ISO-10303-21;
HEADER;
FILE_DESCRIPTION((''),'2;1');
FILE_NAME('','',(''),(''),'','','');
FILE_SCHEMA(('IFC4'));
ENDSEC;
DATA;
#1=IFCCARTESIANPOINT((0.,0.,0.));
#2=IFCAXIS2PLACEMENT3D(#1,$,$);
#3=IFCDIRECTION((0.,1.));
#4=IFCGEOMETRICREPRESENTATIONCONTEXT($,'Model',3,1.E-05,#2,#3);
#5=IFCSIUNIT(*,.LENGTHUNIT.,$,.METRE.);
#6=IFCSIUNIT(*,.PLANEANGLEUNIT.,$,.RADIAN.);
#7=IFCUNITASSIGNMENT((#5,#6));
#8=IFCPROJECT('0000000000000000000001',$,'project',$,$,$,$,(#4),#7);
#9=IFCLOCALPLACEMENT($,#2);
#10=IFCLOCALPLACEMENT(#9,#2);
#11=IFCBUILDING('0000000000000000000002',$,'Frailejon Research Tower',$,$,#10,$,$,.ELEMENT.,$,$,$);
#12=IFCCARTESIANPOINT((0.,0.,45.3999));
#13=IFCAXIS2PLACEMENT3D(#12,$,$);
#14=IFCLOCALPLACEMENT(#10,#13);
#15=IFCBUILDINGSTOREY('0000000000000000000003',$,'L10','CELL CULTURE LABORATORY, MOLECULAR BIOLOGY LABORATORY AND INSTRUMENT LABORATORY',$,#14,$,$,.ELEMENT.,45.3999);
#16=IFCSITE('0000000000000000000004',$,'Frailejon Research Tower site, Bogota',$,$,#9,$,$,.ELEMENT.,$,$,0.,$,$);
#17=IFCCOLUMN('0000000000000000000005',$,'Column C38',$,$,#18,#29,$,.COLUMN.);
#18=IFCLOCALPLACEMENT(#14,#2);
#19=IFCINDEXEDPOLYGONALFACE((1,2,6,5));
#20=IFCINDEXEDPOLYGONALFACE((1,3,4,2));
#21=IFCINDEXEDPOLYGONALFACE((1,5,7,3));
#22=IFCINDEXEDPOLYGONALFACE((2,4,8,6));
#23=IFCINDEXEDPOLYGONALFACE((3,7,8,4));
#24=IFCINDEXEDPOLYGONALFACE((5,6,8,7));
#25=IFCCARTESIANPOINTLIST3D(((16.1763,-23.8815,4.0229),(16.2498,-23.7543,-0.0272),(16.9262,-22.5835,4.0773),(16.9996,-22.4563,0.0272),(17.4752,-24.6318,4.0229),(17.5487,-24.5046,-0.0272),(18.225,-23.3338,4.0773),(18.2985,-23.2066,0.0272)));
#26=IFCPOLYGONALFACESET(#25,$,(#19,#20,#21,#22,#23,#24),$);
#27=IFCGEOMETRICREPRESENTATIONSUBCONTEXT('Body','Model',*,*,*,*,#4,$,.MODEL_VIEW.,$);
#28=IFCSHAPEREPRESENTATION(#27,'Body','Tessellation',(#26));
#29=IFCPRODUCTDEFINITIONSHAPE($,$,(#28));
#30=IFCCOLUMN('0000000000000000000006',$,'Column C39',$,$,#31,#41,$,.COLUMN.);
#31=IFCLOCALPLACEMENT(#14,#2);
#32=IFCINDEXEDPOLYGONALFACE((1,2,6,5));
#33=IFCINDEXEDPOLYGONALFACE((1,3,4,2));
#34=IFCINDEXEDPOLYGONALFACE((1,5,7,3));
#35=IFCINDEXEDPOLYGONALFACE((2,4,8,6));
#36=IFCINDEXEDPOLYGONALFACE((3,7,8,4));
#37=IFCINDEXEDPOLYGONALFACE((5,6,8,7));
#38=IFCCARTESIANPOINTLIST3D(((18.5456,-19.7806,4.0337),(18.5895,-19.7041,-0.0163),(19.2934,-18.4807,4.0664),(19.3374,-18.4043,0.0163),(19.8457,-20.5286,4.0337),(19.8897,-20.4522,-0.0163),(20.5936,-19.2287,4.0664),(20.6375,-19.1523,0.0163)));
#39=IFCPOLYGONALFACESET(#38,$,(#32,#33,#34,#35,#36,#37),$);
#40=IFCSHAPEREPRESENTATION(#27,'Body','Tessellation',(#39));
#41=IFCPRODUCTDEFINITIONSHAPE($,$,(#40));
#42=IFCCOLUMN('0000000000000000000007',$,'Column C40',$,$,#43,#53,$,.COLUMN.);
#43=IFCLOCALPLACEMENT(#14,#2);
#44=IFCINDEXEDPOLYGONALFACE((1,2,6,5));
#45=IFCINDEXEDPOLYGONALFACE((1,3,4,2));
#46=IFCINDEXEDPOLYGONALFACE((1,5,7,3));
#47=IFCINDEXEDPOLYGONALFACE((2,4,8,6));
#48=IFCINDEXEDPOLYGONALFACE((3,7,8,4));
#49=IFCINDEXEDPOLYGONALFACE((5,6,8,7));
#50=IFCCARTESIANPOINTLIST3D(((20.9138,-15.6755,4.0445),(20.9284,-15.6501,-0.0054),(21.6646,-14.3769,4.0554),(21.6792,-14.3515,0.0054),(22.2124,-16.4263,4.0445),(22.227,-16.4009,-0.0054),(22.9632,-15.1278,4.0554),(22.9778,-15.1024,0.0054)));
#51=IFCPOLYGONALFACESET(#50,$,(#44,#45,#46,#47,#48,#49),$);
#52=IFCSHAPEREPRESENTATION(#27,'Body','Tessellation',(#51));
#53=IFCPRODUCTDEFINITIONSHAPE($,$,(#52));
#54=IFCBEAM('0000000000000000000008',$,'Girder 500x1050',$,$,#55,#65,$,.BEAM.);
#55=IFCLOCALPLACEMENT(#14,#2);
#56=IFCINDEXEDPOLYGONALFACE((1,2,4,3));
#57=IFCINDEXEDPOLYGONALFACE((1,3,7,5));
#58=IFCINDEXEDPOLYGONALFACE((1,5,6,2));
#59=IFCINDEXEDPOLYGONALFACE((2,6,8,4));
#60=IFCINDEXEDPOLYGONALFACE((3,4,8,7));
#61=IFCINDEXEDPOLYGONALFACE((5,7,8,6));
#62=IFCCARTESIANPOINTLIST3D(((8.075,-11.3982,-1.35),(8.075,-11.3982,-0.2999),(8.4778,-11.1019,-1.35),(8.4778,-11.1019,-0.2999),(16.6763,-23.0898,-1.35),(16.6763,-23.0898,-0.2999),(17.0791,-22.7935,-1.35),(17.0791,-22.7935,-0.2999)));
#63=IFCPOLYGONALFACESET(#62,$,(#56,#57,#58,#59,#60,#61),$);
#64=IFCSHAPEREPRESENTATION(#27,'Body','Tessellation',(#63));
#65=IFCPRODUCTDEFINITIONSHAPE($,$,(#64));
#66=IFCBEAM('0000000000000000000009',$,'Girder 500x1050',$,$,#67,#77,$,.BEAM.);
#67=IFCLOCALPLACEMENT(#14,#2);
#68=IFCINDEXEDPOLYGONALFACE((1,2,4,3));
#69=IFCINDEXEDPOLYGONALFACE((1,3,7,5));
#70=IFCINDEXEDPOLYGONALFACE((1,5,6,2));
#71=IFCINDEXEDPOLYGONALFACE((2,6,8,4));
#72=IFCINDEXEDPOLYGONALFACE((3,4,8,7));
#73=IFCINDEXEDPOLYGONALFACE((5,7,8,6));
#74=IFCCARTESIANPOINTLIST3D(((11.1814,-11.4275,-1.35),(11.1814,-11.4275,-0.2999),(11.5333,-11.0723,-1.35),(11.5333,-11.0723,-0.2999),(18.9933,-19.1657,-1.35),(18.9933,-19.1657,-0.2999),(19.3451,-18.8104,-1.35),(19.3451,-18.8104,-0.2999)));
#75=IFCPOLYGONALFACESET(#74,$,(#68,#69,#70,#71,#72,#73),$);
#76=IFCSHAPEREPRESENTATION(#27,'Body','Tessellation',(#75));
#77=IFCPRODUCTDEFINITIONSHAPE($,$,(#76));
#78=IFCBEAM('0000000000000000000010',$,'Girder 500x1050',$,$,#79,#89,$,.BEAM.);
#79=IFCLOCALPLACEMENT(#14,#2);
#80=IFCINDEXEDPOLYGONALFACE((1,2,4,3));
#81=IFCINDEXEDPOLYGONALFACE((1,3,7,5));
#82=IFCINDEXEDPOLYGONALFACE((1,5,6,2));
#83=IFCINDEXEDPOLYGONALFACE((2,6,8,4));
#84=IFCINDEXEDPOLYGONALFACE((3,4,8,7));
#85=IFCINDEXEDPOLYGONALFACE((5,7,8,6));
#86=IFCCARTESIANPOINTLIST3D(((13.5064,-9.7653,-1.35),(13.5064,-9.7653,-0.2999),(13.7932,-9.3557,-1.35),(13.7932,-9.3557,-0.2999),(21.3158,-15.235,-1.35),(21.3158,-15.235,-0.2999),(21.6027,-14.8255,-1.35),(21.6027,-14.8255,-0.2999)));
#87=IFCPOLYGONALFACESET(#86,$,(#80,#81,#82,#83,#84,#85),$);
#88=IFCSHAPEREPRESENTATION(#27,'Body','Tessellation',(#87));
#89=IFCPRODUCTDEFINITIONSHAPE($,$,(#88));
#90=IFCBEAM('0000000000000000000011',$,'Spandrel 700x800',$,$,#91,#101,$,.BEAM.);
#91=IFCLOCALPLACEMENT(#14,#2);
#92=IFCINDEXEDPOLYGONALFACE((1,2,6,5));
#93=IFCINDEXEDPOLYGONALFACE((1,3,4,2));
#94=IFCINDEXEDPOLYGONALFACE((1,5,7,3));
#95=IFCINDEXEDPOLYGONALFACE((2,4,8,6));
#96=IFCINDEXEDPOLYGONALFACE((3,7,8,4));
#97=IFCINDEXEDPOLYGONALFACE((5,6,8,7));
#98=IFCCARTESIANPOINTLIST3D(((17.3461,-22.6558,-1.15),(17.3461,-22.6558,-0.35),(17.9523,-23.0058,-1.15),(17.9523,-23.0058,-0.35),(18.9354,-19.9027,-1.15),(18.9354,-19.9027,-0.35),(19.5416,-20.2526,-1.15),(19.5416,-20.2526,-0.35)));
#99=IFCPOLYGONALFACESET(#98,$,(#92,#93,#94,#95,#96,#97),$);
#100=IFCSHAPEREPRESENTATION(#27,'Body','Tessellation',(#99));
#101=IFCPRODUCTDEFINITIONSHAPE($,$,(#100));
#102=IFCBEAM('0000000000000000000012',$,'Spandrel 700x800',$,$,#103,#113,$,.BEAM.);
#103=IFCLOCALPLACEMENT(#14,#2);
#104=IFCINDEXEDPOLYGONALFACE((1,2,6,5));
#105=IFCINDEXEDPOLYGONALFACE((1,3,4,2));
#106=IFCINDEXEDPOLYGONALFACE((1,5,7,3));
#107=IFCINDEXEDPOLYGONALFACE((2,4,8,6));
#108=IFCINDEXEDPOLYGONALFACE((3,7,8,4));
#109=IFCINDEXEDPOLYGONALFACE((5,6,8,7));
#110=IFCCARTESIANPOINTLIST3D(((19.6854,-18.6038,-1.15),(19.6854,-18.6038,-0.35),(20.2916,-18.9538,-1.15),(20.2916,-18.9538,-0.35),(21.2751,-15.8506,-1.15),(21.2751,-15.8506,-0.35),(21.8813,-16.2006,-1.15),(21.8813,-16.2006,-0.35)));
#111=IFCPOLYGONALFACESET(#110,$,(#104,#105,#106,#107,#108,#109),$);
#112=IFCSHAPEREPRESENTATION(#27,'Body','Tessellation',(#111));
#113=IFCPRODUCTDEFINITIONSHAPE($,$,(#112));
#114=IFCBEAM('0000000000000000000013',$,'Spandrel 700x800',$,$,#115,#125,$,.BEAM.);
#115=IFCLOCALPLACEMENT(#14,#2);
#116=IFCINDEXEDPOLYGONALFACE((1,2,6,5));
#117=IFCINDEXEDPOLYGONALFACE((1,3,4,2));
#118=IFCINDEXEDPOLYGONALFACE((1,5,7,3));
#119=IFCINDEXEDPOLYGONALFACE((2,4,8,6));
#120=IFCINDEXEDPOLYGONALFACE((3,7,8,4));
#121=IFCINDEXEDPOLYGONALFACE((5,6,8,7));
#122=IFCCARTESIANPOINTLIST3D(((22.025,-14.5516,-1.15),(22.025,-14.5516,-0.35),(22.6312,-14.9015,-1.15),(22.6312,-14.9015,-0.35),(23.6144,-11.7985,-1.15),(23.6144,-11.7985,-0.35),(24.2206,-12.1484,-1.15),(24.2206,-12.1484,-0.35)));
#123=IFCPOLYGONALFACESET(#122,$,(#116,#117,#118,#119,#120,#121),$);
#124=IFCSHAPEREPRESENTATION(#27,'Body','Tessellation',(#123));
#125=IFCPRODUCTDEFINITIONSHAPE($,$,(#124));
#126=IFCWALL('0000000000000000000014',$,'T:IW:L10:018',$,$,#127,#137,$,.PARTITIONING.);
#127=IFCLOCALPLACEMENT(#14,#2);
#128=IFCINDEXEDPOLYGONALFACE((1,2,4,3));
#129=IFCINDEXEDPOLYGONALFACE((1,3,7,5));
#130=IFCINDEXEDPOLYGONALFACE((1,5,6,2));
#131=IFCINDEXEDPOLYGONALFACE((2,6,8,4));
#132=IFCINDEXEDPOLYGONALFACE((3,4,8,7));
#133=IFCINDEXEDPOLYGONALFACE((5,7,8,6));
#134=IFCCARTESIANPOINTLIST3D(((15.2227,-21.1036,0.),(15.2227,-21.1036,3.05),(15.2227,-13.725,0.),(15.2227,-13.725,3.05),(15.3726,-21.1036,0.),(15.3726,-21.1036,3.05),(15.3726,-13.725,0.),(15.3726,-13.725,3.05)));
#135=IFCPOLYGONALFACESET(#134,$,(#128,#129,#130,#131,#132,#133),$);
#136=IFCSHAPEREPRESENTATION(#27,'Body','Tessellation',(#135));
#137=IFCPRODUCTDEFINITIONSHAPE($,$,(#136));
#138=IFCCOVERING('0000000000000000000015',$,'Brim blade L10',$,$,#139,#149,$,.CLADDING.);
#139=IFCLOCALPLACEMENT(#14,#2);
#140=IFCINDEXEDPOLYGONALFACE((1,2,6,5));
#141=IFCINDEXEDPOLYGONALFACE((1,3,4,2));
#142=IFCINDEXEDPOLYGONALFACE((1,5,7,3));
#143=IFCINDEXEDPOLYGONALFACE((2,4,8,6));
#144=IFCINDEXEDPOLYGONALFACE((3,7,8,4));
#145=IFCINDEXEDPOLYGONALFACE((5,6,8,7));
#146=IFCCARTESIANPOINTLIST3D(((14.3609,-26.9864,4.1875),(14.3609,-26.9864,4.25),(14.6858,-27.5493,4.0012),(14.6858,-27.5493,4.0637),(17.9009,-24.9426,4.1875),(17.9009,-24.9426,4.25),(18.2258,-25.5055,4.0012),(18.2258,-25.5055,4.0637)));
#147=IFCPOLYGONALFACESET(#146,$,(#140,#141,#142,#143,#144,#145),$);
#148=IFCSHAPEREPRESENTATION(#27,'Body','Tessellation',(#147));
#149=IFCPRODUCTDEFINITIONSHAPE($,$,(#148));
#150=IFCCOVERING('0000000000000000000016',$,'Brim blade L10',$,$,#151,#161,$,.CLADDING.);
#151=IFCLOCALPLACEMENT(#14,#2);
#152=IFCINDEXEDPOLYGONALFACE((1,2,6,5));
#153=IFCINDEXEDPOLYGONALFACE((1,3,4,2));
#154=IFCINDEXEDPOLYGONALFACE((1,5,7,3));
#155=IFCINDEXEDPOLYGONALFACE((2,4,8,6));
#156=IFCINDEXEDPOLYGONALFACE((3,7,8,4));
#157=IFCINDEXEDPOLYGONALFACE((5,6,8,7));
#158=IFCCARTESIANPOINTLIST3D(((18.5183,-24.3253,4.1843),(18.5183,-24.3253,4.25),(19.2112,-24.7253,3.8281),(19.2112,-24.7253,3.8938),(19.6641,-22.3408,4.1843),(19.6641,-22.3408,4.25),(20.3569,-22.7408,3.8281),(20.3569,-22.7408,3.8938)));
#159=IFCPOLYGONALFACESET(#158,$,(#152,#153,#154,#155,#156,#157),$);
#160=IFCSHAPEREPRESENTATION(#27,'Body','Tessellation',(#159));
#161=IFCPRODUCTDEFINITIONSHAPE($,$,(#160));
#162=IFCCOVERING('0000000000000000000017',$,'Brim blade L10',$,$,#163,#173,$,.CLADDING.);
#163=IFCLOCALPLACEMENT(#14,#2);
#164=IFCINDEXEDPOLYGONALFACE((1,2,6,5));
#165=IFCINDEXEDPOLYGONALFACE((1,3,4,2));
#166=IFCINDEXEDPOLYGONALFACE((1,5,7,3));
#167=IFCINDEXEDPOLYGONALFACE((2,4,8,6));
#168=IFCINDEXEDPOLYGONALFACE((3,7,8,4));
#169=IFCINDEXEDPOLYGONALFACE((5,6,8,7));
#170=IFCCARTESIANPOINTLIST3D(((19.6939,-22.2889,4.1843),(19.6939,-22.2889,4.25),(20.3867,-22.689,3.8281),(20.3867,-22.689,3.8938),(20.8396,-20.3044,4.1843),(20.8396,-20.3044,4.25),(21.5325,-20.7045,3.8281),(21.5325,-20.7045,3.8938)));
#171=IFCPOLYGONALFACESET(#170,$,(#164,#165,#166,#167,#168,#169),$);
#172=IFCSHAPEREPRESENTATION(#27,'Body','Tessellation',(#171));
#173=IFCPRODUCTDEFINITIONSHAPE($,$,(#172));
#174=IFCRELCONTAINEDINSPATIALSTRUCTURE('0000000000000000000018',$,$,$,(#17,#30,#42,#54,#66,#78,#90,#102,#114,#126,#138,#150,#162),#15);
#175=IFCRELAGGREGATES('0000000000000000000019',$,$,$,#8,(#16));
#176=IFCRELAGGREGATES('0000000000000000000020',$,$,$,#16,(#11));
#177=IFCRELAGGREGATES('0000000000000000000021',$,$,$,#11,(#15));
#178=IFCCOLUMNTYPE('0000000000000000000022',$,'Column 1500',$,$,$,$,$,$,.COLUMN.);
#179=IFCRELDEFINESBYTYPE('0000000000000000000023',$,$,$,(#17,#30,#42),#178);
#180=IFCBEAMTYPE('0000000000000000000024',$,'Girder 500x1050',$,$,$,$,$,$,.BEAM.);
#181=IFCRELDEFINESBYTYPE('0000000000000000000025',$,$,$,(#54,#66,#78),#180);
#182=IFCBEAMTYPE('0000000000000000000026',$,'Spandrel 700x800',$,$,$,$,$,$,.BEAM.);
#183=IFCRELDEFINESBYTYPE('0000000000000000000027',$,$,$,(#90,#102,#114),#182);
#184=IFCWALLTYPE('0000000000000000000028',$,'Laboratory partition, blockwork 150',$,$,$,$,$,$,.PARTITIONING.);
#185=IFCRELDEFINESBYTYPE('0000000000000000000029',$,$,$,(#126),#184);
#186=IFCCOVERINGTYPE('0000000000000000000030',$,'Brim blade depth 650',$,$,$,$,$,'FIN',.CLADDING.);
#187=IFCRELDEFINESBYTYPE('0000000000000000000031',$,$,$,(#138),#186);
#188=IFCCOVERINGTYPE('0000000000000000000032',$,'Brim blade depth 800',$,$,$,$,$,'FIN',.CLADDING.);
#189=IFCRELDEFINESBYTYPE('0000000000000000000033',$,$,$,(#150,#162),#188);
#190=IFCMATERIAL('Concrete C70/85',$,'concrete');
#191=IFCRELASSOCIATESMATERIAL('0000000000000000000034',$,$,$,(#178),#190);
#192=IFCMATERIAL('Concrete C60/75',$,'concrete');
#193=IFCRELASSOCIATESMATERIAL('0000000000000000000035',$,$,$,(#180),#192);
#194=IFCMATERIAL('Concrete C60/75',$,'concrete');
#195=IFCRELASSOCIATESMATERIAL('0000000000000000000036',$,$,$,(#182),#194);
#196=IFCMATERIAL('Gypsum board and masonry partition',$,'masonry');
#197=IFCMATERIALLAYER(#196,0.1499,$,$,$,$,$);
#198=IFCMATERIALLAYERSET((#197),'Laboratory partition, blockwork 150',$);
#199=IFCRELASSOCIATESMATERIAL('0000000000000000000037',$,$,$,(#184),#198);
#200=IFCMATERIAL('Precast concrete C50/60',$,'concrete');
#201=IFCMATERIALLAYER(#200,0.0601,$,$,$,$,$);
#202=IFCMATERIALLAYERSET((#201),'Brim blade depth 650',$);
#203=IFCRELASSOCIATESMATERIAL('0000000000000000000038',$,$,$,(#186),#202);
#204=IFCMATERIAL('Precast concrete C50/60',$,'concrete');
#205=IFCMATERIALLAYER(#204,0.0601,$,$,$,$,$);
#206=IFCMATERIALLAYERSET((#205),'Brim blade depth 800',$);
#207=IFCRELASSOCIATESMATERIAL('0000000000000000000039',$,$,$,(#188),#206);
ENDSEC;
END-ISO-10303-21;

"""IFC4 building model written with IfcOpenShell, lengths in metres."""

from ifc_helpers import new_model, si_unit, direction, frame, frame_2d, origin, origin_2d, place, context, subcontext, project, spatial, polyline, rectangle, outline, extrude, material, layer, layer_set, material_profile, profile_set, type_object, element, save


model = new_model("IFC4")

# Units and contexts
model_context = context("Model", 3, precision=1e-05, world=origin(), true_north=direction((0.0, 1.0)))
body_context = subcontext(model_context, "Body", "Model", "MODEL_VIEW")
ifc_project = project(units=[si_unit("LENGTHUNIT", "METRE"), si_unit("PLANEANGLEUNIT", "RADIAN")], contexts=[model_context])

# Site, building, storey
site_placement = place(None, origin())
site = spatial("IfcSite", under=ifc_project, at=site_placement, Name="Frailejon Research Tower site, Bogota", CompositionType="ELEMENT", RefElevation=0.0)
building_placement = place(site_placement, origin())
building = spatial("IfcBuilding", under=site, at=building_placement, Name="Frailejon Research Tower", CompositionType="ELEMENT")
storey_placement = place(building_placement, frame((0.0, 0.0, 45.3999)))
storey = spatial("IfcBuildingStorey", under=building, at=storey_placement, Name="L10", Description="CELL CULTURE LABORATORY, MOLECULAR BIOLOGY LABORATORY AND INSTRUMENT LABORATORY", CompositionType="ELEMENT", Elevation=45.3999)

# Columns
ifc_material_1 = material(Name="Concrete C70/85", Category="concrete")
ifc_material_profile_1 = material_profile(ifc_material_1, rectangle(XDim=1.5, YDim=1.5, at=origin_2d()), Name="Column 1500")
ifc_profile_set_1 = profile_set([ifc_material_profile_1], Name="Concrete C70/85")
column_type = type_object("IfcColumnType", Name="Column 1500", PredefinedType="COLUMN", material=ifc_profile_set_1)
column_1_placement = place(storey_placement, frame((17.2742, -23.4805, 0.0), z_axis=(-0.018133, -0.031386, 0.999343), x_axis=(0.499873, 0.86534, 0.036247)))
element("IfcColumn", 1, at=column_1_placement, inside=storey, type_object=column_type, Name="Column C38", PredefinedType="COLUMN", context=body_context, shape_type="SweptSolid", body=[
    extrude(rectangle(XDim=1.5, YDim=1.5, at=origin_2d()), origin(), (0.0, 0.0, 1.0), 4.0527),
])
column_2_placement = place(storey_placement, frame((19.6135, -19.4282, 0.0), z_axis=(-0.010848, -0.018863, 0.999763), x_axis=(0.498562, 0.866581, 0.02176)))
element("IfcColumn", 2, at=column_2_placement, inside=storey, type_object=column_type, Name="Column C39", PredefinedType="COLUMN", context=body_context, shape_type="SweptSolid", body=[
    extrude(rectangle(XDim=1.5, YDim=1.5, at=origin_2d()), origin(), (0.0, 0.0, 1.0), 4.051),
])
column_3_placement = place(storey_placement, frame((21.9531, -15.3762, 0.0), z_axis=(-0.003617, -0.006269, 0.999974), x_axis=(0.50053, 0.865689, 0.007238)))
element("IfcColumn", 3, at=column_3_placement, inside=storey, type_object=column_type, Name="Column C40", PredefinedType="COLUMN", context=body_context, shape_type="SweptSolid", body=[
    extrude(rectangle(XDim=1.5, YDim=1.5, at=origin_2d()), origin(), (0.0, 0.0, 1.0), 4.05),
])

# Beams
ifc_material_2 = material(Name="Concrete C60/75", Category="concrete")
ifc_material_profile_2 = material_profile(ifc_material_2, rectangle(XDim=0.5, YDim=1.05, at=origin_2d()), Name="Girder 500x1050")
ifc_profile_set_2 = profile_set([ifc_material_profile_2], Name="Concrete C60/75")
beam_type_1 = type_object("IfcBeamType", Name="Girder 500x1050", PredefinedType="BEAM", material=ifc_profile_set_2)
beam_1_placement = place(storey_placement, frame((16.8777, -22.9417, -0.825), z_axis=(-0.592592, 0.805502, 0.0), x_axis=(-0.805502, -0.592592, 0.0)))
element("IfcBeam", 4, at=beam_1_placement, inside=storey, type_object=beam_type_1, Name="Girder 500x1050", PredefinedType="BEAM", context=body_context, shape_type="SweptSolid", body=[
    extrude(rectangle(XDim=0.5, YDim=1.05, at=origin_2d()), origin(), (0.0, 0.0, 1.0), 14.5146),
])
beam_2_placement = place(storey_placement, frame((19.1692, -18.988, -0.825), z_axis=(-0.710452, 0.703746, 0.0), x_axis=(-0.703746, -0.710452, 0.0)))
element("IfcBeam", 5, at=beam_2_placement, inside=storey, type_object=beam_type_1, Name="Girder 500x1050", PredefinedType="BEAM", context=body_context, shape_type="SweptSolid", body=[
    extrude(rectangle(XDim=0.5, YDim=1.05, at=origin_2d()), origin(), (0.0, 0.0, 1.0), 10.9956),
])
beam_3_placement = place(storey_placement, frame((21.4592, -15.0303, -0.825), z_axis=(-0.819074, 0.573687, 0.0), x_axis=(-0.573687, -0.819074, 0.0)))
element("IfcBeam", 6, at=beam_3_placement, inside=storey, type_object=beam_type_1, Name="Girder 500x1050", PredefinedType="BEAM", context=body_context, shape_type="SweptSolid", body=[
    extrude(rectangle(XDim=0.5, YDim=1.05, at=origin_2d()), origin(), (0.0, 0.0, 1.0), 9.5344),
])
ifc_material_3 = material(Name="Concrete C60/75", Category="concrete")
ifc_material_profile_3 = material_profile(ifc_material_3, rectangle(XDim=0.7, YDim=0.8, at=origin_2d()), Name="Spandrel 700x800")
ifc_profile_set_3 = profile_set([ifc_material_profile_3], Name="Concrete C60/75")
beam_type_2 = type_object("IfcBeamType", Name="Spandrel 700x800", PredefinedType="BEAM", material=ifc_profile_set_3)
beam_4_placement = place(storey_placement, frame((17.6492, -22.8308, -0.75), z_axis=(0.499955, 0.866051, 0.0), x_axis=(-0.866051, 0.499955, 0.0)))
element("IfcBeam", 7, at=beam_4_placement, inside=storey, type_object=beam_type_2, Name="Spandrel 700x800", PredefinedType="BEAM", context=body_context, shape_type="SweptSolid", body=[
    extrude(rectangle(XDim=0.7, YDim=0.8, at=origin_2d()), origin(), (0.0, 0.0, 1.0), 3.179),
])
beam_5_placement = place(storey_placement, frame((19.9885, -18.7788, -0.75), z_axis=(0.500013, 0.866018, 0.0), x_axis=(-0.866018, 0.500013, 0.0)))
element("IfcBeam", 8, at=beam_5_placement, inside=storey, type_object=beam_type_2, Name="Spandrel 700x800", PredefinedType="BEAM", context=body_context, shape_type="SweptSolid", body=[
    extrude(rectangle(XDim=0.7, YDim=0.8, at=origin_2d()), origin(), (0.0, 0.0, 1.0), 3.1792),
])
beam_6_placement = place(storey_placement, frame((22.3281, -14.7266, -0.75), z_axis=(0.499955, 0.866051, 0.0), x_axis=(-0.866051, 0.499955, 0.0)))
element("IfcBeam", 9, at=beam_6_placement, inside=storey, type_object=beam_type_2, Name="Spandrel 700x800", PredefinedType="BEAM", context=body_context, shape_type="SweptSolid", body=[
    extrude(rectangle(XDim=0.7, YDim=0.8, at=origin_2d()), origin(), (0.0, 0.0, 1.0), 3.179),
])

# Wall
ifc_material_4 = material(Name="Gypsum board and masonry partition", Category="masonry")
ifc_layer_1 = layer(ifc_material_4, 0.1499)
ifc_layer_set_1 = layer_set([ifc_layer_1], Name="Laboratory partition, blockwork 150")
wall_type_1 = type_object("IfcWallType", Name="Laboratory partition, blockwork 150", PredefinedType="PARTITIONING", material=ifc_layer_set_1)
wall_1_placement = place(storey_placement, frame((15.2976, -21.1038, 0.0), z_axis=(0.0, 0.0, 1.0), x_axis=(0.0, 1.0, 0.0)))
element("IfcWall", 10, at=wall_1_placement, inside=storey, type_object=wall_type_1, Name="T:IW:L10:018", PredefinedType="PARTITIONING", context=body_context, shape_type="SweptSolid", body=[
    extrude(rectangle(XDim=7.3787, YDim=0.1499, at=frame_2d((3.6895, 0.0))), origin(), (0.0, 0.0, 1.0), 3.05),
])

# Coverings
ifc_material_5 = material(Name="Precast concrete C50/60", Category="concrete")
ifc_layer_2 = layer(ifc_material_5, 0.0601)
ifc_layer_set_2 = layer_set([ifc_layer_2], Name="Brim blade depth 650")
covering_type_1 = type_object("IfcCoveringType", Name="Brim blade depth 650", ElementType="FIN", PredefinedType="CLADDING", material=ifc_layer_set_2)
covering_placement = place(storey_placement, frame((17.9009, -24.9426, 4.25), z_axis=(-0.866027, -0.499997, 0.0), x_axis=(0.499997, -0.866027, 0.0)))
element("IfcCovering", 11, at=covering_placement, inside=storey, type_object=covering_type_1, Name="Brim blade L10", PredefinedType="CLADDING", context=body_context, shape_type="SweptSolid", body=[
    extrude(outline(polyline([(0.0, -0.0625), (0.6499, -0.2488), (0.6499, -0.1863), (0.0, 0.0), (0.0, -0.0625)])), origin(), (0.0, 0.0, 1.0), 4.0876),
])
ifc_material_6 = material(Name="Precast concrete C50/60", Category="concrete")
ifc_layer_3 = layer(ifc_material_6, 0.0601)
ifc_layer_set_3 = layer_set([ifc_layer_3], Name="Brim blade depth 800")
covering_type_2 = type_object("IfcCoveringType", Name="Brim blade depth 800", ElementType="FIN", PredefinedType="CLADDING", material=ifc_layer_set_3)
for number, where, z_axis, x_axis, name in (
    (12, (19.6641, -22.3408, 4.25), (-0.499999, -0.866026, 0.0), (0.866026, -0.499999, 0.0), "Brim blade L10"),
    (13, (20.8396, -20.3044, 4.25), (-0.499999, -0.866026, 0.0), (0.866026, -0.499999, 0.0), "Brim blade L10"),
):
    element("IfcCovering", number, at=place(storey_placement, frame(where, z_axis=z_axis, x_axis=x_axis)), inside=storey, type_object=covering_type_2, Name=name, PredefinedType="CLADDING", context=body_context, shape_type="SweptSolid", body=[
        extrude(outline(polyline([(0.0, -0.0657), (0.8, -0.4219), (0.8, -0.3562), (0.0, 0.0), (0.0, -0.0657)])), origin(), (0.0, 0.0, 1.0), 2.2915),
    ])

save(model, "model.ifc")
